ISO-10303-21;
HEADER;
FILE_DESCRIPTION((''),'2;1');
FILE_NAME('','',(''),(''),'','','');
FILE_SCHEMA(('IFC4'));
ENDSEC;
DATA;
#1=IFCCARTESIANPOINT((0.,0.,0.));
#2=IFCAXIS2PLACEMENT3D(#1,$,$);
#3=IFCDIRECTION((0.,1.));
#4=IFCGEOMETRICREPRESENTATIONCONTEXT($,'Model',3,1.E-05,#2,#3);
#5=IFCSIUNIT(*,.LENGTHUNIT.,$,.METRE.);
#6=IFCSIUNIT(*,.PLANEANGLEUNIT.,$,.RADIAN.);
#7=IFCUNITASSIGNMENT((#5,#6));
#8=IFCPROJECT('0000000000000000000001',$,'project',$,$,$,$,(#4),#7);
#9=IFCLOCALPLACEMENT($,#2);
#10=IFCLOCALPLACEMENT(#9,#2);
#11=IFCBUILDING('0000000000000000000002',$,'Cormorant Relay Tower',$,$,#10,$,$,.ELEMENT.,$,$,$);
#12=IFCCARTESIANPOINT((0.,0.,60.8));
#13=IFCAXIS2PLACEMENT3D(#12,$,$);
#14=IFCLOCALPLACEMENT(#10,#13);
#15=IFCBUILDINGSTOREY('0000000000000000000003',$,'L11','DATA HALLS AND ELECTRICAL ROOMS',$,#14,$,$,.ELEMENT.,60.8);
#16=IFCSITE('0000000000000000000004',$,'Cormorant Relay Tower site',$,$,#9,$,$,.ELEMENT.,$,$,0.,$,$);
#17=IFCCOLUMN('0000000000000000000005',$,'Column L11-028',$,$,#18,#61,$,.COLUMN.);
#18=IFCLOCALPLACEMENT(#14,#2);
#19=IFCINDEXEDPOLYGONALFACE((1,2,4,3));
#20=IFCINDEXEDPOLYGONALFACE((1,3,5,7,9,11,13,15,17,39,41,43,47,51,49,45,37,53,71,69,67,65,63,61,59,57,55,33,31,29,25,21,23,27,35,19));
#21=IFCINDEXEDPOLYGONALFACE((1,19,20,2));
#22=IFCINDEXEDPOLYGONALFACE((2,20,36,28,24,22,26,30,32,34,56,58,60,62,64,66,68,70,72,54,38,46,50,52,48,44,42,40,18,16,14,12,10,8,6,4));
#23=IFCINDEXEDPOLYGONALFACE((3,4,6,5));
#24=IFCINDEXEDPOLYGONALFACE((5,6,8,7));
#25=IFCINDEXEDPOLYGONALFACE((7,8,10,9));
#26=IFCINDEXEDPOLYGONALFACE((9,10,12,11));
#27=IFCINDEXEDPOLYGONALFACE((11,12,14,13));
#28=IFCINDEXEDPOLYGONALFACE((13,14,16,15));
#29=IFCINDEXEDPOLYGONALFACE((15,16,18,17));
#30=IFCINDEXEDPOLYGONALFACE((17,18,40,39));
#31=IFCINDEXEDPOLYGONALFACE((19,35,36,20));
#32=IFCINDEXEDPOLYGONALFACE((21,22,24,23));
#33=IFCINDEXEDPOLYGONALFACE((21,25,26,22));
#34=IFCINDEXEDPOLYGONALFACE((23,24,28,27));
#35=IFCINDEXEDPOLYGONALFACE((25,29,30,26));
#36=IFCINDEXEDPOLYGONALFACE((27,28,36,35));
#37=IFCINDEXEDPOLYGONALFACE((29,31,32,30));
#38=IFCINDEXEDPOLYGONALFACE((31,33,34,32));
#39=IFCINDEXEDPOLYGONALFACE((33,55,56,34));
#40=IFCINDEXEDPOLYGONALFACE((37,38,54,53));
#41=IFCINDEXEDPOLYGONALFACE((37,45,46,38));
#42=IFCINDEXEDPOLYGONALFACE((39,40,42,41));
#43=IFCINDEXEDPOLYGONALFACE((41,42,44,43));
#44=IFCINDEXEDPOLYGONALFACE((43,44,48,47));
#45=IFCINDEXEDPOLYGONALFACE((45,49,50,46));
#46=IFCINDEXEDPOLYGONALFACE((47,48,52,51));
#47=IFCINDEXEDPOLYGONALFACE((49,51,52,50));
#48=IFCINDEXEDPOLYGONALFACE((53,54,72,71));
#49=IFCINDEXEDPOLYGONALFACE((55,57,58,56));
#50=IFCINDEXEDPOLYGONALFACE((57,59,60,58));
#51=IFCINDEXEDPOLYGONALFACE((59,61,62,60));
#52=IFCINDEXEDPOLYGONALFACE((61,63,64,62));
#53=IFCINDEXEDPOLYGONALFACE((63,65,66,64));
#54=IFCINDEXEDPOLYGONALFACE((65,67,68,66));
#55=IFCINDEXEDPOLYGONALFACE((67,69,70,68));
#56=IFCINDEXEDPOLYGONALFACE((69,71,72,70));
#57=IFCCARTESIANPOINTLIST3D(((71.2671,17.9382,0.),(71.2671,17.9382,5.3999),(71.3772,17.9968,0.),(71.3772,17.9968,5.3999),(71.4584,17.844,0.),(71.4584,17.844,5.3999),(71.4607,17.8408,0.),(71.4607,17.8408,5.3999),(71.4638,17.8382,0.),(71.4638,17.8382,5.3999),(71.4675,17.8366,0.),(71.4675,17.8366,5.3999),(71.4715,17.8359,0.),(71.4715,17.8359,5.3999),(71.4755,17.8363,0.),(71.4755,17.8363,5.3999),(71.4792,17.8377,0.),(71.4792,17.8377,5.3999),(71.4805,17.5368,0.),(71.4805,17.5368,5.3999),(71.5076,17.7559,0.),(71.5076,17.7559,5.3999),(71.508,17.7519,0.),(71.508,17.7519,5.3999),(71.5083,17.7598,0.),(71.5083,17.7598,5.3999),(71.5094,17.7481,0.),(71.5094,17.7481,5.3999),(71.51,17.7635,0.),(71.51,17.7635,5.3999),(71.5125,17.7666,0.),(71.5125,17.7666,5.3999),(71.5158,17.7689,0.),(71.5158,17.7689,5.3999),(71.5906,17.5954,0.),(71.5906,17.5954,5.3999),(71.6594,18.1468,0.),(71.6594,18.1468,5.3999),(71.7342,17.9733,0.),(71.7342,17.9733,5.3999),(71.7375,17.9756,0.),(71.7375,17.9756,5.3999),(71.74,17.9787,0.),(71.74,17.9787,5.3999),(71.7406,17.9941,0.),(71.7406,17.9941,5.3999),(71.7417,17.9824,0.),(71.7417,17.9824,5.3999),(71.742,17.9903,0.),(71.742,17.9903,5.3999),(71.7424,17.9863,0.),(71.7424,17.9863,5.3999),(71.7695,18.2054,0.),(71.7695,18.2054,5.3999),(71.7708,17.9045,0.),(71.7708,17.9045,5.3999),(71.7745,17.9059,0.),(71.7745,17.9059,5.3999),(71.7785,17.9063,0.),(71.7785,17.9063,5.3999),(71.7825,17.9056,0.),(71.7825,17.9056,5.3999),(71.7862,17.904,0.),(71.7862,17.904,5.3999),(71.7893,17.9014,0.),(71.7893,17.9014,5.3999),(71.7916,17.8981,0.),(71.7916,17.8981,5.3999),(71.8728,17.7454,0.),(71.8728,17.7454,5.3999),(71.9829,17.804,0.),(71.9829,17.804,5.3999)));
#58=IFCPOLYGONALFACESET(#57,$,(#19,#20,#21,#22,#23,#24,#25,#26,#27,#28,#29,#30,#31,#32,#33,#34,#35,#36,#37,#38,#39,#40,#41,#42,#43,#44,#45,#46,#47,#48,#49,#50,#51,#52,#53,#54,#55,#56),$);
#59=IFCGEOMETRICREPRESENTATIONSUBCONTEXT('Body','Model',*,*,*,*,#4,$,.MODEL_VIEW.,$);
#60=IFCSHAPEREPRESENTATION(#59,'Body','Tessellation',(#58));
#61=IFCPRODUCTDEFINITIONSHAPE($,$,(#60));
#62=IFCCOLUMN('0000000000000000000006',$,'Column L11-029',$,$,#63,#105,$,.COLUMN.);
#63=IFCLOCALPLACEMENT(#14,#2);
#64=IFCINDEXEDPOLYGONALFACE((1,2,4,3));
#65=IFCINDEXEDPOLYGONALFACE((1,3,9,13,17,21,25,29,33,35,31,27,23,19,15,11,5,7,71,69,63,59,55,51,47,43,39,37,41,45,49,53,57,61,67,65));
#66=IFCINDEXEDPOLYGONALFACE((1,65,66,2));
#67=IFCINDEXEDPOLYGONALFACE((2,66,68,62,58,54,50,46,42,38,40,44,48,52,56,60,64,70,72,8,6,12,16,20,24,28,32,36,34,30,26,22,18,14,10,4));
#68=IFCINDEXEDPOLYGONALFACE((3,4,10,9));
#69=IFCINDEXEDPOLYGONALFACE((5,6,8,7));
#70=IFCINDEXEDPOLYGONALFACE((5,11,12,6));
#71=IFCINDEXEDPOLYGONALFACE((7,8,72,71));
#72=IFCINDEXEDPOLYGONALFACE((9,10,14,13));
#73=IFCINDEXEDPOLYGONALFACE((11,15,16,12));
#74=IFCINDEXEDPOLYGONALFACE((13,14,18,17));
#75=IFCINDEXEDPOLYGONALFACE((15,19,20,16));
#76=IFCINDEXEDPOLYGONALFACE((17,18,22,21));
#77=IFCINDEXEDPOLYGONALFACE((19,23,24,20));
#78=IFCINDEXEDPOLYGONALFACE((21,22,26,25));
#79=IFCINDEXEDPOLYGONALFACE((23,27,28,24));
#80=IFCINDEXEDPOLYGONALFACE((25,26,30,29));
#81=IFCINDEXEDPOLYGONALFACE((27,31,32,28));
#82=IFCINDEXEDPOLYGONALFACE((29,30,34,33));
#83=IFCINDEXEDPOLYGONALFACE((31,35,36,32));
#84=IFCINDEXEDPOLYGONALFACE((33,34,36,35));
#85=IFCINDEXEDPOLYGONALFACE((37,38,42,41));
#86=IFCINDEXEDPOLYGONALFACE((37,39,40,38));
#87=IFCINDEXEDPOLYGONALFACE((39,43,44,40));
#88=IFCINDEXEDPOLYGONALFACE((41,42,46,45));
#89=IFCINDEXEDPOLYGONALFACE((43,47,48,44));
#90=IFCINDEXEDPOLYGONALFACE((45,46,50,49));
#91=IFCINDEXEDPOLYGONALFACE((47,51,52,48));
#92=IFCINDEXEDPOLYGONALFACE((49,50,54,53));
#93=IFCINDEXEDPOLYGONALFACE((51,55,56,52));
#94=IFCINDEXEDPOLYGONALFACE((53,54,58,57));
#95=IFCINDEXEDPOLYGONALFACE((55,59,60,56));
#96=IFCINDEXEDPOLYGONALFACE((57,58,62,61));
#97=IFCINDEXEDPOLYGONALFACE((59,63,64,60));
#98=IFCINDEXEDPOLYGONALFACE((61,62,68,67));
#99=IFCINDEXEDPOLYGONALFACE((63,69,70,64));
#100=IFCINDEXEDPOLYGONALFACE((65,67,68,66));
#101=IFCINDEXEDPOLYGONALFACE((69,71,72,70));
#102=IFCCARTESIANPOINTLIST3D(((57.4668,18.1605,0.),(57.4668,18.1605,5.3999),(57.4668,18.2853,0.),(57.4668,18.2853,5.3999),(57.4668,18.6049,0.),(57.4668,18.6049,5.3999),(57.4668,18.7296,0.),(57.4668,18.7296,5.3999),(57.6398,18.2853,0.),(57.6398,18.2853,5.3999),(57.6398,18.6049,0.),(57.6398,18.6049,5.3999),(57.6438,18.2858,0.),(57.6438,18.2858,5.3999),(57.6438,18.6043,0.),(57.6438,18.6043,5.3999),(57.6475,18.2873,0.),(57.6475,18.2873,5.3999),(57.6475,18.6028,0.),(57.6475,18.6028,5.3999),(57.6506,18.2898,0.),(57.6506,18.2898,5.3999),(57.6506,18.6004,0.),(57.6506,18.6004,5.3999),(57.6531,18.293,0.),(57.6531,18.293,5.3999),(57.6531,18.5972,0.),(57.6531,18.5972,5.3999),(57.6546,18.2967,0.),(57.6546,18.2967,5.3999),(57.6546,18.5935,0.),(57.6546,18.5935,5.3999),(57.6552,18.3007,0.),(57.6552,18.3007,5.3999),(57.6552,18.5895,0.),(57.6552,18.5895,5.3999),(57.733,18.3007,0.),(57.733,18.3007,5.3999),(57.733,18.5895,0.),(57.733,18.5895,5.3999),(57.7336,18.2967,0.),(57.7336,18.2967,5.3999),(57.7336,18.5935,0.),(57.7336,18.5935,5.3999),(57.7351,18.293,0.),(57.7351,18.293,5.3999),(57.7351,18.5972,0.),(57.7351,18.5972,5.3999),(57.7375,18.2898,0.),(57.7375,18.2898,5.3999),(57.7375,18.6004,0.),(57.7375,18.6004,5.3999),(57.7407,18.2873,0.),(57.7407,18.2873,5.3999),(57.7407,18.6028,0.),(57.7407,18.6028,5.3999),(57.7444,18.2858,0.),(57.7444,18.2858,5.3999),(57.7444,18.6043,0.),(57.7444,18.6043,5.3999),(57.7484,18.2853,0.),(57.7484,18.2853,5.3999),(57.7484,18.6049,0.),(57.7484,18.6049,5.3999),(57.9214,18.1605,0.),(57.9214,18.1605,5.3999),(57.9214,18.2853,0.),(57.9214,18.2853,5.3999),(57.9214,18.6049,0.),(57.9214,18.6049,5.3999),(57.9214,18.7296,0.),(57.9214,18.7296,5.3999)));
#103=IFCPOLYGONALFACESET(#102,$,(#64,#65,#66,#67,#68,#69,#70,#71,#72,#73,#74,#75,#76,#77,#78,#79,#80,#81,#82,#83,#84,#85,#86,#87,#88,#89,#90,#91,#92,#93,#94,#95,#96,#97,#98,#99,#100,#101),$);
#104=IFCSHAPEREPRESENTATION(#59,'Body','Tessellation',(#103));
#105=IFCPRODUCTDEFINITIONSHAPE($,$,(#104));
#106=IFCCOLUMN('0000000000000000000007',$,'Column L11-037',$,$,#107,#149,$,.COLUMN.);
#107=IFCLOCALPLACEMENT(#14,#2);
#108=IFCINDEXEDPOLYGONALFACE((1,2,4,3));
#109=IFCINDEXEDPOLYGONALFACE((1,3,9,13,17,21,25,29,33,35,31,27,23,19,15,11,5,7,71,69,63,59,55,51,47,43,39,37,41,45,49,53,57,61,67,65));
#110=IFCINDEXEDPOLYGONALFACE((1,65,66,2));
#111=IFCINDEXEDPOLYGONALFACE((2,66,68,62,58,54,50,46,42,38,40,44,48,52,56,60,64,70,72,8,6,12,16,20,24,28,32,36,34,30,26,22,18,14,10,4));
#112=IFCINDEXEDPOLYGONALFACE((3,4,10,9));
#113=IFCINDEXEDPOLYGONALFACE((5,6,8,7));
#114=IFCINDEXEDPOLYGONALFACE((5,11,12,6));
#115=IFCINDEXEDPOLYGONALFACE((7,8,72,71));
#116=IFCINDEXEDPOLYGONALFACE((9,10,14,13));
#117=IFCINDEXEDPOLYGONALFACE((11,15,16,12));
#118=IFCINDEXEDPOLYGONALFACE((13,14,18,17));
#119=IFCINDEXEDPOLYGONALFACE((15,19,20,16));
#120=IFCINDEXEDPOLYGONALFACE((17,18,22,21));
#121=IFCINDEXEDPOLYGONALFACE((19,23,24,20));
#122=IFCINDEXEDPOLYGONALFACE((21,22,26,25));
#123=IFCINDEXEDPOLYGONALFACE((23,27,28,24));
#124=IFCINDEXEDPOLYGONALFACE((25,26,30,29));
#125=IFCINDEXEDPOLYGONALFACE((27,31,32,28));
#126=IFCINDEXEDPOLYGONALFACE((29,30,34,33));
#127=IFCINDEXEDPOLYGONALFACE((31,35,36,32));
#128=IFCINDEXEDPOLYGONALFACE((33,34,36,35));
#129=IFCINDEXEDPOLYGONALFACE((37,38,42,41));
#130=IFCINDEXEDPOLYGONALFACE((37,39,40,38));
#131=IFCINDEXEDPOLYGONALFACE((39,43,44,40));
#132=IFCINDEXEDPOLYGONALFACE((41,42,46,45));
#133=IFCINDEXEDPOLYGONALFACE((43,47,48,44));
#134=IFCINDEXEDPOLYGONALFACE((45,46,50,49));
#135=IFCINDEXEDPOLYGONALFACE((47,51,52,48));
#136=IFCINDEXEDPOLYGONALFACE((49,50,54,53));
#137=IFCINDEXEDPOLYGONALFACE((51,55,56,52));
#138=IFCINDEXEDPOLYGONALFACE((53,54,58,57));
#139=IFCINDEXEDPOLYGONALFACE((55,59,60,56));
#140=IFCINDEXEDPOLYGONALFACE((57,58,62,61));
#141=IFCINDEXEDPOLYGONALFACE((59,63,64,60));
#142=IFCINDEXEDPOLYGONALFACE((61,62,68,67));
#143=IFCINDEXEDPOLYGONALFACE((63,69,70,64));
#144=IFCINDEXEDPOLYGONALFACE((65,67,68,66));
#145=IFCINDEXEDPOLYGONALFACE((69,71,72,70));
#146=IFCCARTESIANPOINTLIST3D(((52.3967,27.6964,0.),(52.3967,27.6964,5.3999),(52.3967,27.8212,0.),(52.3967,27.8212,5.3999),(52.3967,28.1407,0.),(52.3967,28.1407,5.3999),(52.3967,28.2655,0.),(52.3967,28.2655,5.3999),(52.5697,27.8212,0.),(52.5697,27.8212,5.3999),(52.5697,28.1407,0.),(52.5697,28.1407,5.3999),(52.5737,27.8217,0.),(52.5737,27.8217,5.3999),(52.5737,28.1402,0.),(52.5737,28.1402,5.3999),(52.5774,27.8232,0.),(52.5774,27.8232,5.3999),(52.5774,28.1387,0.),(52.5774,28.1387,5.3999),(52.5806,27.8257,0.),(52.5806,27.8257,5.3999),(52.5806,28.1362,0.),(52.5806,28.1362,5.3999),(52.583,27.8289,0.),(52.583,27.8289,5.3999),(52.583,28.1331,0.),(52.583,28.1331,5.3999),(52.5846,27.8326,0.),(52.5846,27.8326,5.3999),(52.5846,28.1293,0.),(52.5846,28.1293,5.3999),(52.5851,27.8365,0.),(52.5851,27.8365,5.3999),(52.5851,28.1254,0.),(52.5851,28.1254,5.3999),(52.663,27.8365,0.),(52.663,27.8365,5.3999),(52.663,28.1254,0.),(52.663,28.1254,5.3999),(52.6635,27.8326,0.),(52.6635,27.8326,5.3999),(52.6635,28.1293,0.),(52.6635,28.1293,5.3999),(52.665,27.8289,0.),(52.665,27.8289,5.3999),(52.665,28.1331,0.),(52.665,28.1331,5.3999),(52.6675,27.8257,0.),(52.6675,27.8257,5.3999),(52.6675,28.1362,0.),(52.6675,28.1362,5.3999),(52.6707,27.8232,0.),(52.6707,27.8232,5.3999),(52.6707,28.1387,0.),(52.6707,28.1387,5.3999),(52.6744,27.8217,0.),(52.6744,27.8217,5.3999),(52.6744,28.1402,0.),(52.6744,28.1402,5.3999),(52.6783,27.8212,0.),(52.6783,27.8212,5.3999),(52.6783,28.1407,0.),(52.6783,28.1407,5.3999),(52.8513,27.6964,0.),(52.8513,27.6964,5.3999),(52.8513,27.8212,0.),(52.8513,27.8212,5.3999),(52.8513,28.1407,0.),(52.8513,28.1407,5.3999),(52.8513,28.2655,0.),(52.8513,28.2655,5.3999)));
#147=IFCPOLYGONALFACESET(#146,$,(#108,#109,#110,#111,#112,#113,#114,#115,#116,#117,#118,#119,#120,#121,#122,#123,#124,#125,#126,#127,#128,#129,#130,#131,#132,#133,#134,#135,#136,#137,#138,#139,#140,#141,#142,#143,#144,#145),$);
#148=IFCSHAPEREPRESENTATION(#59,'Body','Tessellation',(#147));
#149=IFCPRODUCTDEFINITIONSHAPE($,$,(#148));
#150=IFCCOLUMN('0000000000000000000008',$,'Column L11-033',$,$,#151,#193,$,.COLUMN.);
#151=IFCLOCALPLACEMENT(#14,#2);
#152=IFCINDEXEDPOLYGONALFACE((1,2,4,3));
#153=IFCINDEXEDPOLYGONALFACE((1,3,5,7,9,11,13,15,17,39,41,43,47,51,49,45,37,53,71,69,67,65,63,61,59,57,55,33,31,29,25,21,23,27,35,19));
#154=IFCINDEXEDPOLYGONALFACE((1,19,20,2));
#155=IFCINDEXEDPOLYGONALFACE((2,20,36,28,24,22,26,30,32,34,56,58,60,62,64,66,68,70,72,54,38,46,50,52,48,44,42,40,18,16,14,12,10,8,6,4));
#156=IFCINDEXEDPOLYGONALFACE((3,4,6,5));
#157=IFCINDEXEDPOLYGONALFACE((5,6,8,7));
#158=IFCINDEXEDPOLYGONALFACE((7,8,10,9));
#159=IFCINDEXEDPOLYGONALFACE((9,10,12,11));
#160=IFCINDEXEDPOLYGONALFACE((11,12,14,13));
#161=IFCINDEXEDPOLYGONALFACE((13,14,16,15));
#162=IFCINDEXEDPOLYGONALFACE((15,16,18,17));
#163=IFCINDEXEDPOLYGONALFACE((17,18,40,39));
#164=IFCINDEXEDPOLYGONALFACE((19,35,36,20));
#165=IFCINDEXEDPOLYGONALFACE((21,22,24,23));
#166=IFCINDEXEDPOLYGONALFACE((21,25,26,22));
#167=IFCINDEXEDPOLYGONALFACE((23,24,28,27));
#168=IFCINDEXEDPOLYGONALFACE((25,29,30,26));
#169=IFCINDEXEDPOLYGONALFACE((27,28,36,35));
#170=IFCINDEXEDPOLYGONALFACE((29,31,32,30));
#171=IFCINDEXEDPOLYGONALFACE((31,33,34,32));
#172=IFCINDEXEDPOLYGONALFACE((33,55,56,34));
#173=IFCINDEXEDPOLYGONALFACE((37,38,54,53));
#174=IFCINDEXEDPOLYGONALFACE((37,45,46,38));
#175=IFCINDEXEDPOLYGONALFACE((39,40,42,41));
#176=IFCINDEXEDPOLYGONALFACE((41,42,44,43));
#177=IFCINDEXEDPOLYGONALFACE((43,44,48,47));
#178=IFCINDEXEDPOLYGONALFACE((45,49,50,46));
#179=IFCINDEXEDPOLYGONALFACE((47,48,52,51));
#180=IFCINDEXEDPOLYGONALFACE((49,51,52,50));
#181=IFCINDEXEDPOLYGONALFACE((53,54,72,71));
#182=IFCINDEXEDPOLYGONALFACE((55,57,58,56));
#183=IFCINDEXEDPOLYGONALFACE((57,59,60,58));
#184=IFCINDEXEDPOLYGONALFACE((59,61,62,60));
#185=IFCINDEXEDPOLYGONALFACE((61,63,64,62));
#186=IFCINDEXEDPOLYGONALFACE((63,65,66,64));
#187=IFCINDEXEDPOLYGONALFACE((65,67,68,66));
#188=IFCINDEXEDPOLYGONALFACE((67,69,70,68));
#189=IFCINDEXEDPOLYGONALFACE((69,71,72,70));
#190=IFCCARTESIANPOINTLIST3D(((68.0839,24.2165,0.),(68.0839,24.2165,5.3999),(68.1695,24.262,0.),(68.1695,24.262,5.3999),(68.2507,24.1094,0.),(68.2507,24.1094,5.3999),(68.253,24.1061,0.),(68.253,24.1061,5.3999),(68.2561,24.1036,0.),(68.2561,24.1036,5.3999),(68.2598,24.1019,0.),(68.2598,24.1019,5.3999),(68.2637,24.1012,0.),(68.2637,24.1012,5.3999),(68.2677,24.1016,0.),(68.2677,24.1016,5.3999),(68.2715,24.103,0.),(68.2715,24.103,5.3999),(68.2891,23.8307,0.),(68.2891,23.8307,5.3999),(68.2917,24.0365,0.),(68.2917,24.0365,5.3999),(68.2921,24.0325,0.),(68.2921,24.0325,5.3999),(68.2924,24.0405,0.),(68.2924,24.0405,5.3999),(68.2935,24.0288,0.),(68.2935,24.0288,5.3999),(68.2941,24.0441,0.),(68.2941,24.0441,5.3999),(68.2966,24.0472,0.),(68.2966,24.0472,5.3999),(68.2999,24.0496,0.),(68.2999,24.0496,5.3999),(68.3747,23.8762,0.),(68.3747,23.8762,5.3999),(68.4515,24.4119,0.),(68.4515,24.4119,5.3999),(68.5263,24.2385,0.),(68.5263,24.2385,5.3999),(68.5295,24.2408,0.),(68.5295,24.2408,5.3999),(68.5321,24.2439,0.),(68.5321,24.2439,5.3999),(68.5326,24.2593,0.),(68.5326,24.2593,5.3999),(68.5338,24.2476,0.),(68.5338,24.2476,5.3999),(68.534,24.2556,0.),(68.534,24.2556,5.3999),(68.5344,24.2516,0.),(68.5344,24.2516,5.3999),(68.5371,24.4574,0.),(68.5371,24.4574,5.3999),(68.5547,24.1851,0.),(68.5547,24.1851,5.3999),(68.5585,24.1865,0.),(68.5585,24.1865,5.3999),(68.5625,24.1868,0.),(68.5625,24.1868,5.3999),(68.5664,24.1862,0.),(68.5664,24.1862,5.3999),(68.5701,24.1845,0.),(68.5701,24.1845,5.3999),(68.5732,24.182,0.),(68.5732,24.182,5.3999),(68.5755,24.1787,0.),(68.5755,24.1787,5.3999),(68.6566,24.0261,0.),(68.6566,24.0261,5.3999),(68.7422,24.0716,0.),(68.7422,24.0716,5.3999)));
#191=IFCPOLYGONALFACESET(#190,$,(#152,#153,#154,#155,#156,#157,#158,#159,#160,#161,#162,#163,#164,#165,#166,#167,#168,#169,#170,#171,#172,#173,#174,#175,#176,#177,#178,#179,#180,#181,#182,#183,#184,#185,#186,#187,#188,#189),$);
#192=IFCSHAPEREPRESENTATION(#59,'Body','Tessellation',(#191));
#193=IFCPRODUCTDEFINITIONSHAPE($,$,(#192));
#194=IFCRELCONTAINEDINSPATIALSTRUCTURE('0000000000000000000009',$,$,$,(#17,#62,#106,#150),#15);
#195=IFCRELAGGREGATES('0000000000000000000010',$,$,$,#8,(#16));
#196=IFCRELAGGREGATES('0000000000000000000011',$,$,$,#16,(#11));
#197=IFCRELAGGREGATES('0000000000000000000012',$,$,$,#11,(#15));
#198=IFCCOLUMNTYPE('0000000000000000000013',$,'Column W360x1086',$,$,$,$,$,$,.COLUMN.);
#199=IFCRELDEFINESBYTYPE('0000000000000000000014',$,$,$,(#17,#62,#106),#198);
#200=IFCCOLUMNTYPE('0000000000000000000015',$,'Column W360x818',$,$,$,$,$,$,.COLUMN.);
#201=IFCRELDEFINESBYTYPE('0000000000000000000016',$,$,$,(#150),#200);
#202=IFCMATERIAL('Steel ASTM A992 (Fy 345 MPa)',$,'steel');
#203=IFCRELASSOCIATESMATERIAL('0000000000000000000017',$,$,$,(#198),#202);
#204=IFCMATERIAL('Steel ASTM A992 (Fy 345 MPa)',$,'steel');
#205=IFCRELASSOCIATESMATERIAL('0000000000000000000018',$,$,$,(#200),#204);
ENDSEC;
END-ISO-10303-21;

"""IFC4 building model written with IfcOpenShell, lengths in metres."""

from ifc_helpers import new_model, si_unit, direction, frame, origin, origin_2d, place, context, subcontext, project, spatial, i_section, extrude, material, material_profile, profile_set, type_object, element, save


model = new_model("IFC4")

# Units and contexts
model_context = context("Model", 3, precision=1e-05, world=origin(), true_north=direction((0.0, 1.0)))
body_context = subcontext(model_context, "Body", "Model", "MODEL_VIEW")
ifc_project = project(units=[si_unit("LENGTHUNIT", "METRE"), si_unit("PLANEANGLEUNIT", "RADIAN")], contexts=[model_context])

# Site, building, storey
site_placement = place(None, origin())
site = spatial("IfcSite", under=ifc_project, at=site_placement, Name="Cormorant Relay Tower site", CompositionType="ELEMENT", RefElevation=0.0)
building_placement = place(site_placement, origin())
building = spatial("IfcBuilding", under=site, at=building_placement, Name="Cormorant Relay Tower", CompositionType="ELEMENT")
storey_placement = place(building_placement, frame((0.0, 0.0, 60.8)))
storey = spatial("IfcBuildingStorey", under=building, at=storey_placement, Name="L11", Description="DATA HALLS AND ELECTRICAL ROOMS", CompositionType="ELEMENT", Elevation=60.8)

# Columns
ifc_material_1 = material(Name="Steel ASTM A992 (Fy 345 MPa)", Category="steel")
ifc_material_profile_1 = material_profile(ifc_material_1, i_section(OverallWidth=0.4546, OverallDepth=0.5691, WebThickness=0.0779, FlangeThickness=0.1248, FilletRadius=0.0154, at=origin_2d()), Name="W360x1086")
ifc_profile_set_1 = profile_set([ifc_material_profile_1], Name="Steel ASTM A992 (Fy 345 MPa)")
column_type_1 = type_object("IfcColumnType", Name="Column W360x1086", PredefinedType="COLUMN", material=ifc_profile_set_1)
for number, where, z_axis, x_axis, name in (
    (1, (71.625, 17.8711, 0.0), (0.0, 0.0, 1.0), (-0.469472, 0.882948, 0.0), "Column L11-028"),
    (2, (57.6941, 18.4451, 0.0), (0.0, 0.0, 1.0), (1.0, 0.0, 0.0), "Column L11-029"),
    (3, (52.624, 27.981, 0.0), (0.0, 0.0, 1.0), (1.0, 0.0, 0.0), "Column L11-037"),
):
    element("IfcColumn", number, at=place(storey_placement, frame(where, z_axis=z_axis, x_axis=x_axis)), inside=storey, type_object=column_type_1, Name=name, PredefinedType="COLUMN", context=body_context, shape_type="SweptSolid", body=[
        extrude(i_section(OverallWidth=0.4546, OverallDepth=0.5691, WebThickness=0.0779, FlangeThickness=0.1248, FilletRadius=0.0154, at=origin_2d()), origin(), (0.0, 0.0, 1.0), 5.3999),
    ])
ifc_material_2 = material(Name="Steel ASTM A992 (Fy 345 MPa)", Category="steel")
ifc_material_profile_2 = material_profile(ifc_material_2, i_section(OverallWidth=0.437, OverallDepth=0.5132, WebThickness=0.0605, FlangeThickness=0.0969, FilletRadius=0.0154, at=origin_2d()), Name="W360x818")
ifc_profile_set_2 = profile_set([ifc_material_profile_2], Name="Steel ASTM A992 (Fy 345 MPa)")
column_type_2 = type_object("IfcColumnType", Name="Column W360x818", PredefinedType="COLUMN", material=ifc_profile_set_2)
for number, where, z_axis, x_axis, name in (
    (4, (68.4131, 24.144, 0.0), (0.0, 0.0, 1.0), (-0.469472, 0.882948, 0.0), "Column L11-033"),
):
    element("IfcColumn", number, at=place(storey_placement, frame(where, z_axis=z_axis, x_axis=x_axis)), inside=storey, type_object=column_type_2, Name=name, PredefinedType="COLUMN", context=body_context, shape_type="SweptSolid", body=[
        extrude(i_section(OverallWidth=0.437, OverallDepth=0.5132, WebThickness=0.0605, FlangeThickness=0.0969, FilletRadius=0.0154, at=origin_2d()), origin(), (0.0, 0.0, 1.0), 5.3999),
    ])

save(model, "model.ifc")
